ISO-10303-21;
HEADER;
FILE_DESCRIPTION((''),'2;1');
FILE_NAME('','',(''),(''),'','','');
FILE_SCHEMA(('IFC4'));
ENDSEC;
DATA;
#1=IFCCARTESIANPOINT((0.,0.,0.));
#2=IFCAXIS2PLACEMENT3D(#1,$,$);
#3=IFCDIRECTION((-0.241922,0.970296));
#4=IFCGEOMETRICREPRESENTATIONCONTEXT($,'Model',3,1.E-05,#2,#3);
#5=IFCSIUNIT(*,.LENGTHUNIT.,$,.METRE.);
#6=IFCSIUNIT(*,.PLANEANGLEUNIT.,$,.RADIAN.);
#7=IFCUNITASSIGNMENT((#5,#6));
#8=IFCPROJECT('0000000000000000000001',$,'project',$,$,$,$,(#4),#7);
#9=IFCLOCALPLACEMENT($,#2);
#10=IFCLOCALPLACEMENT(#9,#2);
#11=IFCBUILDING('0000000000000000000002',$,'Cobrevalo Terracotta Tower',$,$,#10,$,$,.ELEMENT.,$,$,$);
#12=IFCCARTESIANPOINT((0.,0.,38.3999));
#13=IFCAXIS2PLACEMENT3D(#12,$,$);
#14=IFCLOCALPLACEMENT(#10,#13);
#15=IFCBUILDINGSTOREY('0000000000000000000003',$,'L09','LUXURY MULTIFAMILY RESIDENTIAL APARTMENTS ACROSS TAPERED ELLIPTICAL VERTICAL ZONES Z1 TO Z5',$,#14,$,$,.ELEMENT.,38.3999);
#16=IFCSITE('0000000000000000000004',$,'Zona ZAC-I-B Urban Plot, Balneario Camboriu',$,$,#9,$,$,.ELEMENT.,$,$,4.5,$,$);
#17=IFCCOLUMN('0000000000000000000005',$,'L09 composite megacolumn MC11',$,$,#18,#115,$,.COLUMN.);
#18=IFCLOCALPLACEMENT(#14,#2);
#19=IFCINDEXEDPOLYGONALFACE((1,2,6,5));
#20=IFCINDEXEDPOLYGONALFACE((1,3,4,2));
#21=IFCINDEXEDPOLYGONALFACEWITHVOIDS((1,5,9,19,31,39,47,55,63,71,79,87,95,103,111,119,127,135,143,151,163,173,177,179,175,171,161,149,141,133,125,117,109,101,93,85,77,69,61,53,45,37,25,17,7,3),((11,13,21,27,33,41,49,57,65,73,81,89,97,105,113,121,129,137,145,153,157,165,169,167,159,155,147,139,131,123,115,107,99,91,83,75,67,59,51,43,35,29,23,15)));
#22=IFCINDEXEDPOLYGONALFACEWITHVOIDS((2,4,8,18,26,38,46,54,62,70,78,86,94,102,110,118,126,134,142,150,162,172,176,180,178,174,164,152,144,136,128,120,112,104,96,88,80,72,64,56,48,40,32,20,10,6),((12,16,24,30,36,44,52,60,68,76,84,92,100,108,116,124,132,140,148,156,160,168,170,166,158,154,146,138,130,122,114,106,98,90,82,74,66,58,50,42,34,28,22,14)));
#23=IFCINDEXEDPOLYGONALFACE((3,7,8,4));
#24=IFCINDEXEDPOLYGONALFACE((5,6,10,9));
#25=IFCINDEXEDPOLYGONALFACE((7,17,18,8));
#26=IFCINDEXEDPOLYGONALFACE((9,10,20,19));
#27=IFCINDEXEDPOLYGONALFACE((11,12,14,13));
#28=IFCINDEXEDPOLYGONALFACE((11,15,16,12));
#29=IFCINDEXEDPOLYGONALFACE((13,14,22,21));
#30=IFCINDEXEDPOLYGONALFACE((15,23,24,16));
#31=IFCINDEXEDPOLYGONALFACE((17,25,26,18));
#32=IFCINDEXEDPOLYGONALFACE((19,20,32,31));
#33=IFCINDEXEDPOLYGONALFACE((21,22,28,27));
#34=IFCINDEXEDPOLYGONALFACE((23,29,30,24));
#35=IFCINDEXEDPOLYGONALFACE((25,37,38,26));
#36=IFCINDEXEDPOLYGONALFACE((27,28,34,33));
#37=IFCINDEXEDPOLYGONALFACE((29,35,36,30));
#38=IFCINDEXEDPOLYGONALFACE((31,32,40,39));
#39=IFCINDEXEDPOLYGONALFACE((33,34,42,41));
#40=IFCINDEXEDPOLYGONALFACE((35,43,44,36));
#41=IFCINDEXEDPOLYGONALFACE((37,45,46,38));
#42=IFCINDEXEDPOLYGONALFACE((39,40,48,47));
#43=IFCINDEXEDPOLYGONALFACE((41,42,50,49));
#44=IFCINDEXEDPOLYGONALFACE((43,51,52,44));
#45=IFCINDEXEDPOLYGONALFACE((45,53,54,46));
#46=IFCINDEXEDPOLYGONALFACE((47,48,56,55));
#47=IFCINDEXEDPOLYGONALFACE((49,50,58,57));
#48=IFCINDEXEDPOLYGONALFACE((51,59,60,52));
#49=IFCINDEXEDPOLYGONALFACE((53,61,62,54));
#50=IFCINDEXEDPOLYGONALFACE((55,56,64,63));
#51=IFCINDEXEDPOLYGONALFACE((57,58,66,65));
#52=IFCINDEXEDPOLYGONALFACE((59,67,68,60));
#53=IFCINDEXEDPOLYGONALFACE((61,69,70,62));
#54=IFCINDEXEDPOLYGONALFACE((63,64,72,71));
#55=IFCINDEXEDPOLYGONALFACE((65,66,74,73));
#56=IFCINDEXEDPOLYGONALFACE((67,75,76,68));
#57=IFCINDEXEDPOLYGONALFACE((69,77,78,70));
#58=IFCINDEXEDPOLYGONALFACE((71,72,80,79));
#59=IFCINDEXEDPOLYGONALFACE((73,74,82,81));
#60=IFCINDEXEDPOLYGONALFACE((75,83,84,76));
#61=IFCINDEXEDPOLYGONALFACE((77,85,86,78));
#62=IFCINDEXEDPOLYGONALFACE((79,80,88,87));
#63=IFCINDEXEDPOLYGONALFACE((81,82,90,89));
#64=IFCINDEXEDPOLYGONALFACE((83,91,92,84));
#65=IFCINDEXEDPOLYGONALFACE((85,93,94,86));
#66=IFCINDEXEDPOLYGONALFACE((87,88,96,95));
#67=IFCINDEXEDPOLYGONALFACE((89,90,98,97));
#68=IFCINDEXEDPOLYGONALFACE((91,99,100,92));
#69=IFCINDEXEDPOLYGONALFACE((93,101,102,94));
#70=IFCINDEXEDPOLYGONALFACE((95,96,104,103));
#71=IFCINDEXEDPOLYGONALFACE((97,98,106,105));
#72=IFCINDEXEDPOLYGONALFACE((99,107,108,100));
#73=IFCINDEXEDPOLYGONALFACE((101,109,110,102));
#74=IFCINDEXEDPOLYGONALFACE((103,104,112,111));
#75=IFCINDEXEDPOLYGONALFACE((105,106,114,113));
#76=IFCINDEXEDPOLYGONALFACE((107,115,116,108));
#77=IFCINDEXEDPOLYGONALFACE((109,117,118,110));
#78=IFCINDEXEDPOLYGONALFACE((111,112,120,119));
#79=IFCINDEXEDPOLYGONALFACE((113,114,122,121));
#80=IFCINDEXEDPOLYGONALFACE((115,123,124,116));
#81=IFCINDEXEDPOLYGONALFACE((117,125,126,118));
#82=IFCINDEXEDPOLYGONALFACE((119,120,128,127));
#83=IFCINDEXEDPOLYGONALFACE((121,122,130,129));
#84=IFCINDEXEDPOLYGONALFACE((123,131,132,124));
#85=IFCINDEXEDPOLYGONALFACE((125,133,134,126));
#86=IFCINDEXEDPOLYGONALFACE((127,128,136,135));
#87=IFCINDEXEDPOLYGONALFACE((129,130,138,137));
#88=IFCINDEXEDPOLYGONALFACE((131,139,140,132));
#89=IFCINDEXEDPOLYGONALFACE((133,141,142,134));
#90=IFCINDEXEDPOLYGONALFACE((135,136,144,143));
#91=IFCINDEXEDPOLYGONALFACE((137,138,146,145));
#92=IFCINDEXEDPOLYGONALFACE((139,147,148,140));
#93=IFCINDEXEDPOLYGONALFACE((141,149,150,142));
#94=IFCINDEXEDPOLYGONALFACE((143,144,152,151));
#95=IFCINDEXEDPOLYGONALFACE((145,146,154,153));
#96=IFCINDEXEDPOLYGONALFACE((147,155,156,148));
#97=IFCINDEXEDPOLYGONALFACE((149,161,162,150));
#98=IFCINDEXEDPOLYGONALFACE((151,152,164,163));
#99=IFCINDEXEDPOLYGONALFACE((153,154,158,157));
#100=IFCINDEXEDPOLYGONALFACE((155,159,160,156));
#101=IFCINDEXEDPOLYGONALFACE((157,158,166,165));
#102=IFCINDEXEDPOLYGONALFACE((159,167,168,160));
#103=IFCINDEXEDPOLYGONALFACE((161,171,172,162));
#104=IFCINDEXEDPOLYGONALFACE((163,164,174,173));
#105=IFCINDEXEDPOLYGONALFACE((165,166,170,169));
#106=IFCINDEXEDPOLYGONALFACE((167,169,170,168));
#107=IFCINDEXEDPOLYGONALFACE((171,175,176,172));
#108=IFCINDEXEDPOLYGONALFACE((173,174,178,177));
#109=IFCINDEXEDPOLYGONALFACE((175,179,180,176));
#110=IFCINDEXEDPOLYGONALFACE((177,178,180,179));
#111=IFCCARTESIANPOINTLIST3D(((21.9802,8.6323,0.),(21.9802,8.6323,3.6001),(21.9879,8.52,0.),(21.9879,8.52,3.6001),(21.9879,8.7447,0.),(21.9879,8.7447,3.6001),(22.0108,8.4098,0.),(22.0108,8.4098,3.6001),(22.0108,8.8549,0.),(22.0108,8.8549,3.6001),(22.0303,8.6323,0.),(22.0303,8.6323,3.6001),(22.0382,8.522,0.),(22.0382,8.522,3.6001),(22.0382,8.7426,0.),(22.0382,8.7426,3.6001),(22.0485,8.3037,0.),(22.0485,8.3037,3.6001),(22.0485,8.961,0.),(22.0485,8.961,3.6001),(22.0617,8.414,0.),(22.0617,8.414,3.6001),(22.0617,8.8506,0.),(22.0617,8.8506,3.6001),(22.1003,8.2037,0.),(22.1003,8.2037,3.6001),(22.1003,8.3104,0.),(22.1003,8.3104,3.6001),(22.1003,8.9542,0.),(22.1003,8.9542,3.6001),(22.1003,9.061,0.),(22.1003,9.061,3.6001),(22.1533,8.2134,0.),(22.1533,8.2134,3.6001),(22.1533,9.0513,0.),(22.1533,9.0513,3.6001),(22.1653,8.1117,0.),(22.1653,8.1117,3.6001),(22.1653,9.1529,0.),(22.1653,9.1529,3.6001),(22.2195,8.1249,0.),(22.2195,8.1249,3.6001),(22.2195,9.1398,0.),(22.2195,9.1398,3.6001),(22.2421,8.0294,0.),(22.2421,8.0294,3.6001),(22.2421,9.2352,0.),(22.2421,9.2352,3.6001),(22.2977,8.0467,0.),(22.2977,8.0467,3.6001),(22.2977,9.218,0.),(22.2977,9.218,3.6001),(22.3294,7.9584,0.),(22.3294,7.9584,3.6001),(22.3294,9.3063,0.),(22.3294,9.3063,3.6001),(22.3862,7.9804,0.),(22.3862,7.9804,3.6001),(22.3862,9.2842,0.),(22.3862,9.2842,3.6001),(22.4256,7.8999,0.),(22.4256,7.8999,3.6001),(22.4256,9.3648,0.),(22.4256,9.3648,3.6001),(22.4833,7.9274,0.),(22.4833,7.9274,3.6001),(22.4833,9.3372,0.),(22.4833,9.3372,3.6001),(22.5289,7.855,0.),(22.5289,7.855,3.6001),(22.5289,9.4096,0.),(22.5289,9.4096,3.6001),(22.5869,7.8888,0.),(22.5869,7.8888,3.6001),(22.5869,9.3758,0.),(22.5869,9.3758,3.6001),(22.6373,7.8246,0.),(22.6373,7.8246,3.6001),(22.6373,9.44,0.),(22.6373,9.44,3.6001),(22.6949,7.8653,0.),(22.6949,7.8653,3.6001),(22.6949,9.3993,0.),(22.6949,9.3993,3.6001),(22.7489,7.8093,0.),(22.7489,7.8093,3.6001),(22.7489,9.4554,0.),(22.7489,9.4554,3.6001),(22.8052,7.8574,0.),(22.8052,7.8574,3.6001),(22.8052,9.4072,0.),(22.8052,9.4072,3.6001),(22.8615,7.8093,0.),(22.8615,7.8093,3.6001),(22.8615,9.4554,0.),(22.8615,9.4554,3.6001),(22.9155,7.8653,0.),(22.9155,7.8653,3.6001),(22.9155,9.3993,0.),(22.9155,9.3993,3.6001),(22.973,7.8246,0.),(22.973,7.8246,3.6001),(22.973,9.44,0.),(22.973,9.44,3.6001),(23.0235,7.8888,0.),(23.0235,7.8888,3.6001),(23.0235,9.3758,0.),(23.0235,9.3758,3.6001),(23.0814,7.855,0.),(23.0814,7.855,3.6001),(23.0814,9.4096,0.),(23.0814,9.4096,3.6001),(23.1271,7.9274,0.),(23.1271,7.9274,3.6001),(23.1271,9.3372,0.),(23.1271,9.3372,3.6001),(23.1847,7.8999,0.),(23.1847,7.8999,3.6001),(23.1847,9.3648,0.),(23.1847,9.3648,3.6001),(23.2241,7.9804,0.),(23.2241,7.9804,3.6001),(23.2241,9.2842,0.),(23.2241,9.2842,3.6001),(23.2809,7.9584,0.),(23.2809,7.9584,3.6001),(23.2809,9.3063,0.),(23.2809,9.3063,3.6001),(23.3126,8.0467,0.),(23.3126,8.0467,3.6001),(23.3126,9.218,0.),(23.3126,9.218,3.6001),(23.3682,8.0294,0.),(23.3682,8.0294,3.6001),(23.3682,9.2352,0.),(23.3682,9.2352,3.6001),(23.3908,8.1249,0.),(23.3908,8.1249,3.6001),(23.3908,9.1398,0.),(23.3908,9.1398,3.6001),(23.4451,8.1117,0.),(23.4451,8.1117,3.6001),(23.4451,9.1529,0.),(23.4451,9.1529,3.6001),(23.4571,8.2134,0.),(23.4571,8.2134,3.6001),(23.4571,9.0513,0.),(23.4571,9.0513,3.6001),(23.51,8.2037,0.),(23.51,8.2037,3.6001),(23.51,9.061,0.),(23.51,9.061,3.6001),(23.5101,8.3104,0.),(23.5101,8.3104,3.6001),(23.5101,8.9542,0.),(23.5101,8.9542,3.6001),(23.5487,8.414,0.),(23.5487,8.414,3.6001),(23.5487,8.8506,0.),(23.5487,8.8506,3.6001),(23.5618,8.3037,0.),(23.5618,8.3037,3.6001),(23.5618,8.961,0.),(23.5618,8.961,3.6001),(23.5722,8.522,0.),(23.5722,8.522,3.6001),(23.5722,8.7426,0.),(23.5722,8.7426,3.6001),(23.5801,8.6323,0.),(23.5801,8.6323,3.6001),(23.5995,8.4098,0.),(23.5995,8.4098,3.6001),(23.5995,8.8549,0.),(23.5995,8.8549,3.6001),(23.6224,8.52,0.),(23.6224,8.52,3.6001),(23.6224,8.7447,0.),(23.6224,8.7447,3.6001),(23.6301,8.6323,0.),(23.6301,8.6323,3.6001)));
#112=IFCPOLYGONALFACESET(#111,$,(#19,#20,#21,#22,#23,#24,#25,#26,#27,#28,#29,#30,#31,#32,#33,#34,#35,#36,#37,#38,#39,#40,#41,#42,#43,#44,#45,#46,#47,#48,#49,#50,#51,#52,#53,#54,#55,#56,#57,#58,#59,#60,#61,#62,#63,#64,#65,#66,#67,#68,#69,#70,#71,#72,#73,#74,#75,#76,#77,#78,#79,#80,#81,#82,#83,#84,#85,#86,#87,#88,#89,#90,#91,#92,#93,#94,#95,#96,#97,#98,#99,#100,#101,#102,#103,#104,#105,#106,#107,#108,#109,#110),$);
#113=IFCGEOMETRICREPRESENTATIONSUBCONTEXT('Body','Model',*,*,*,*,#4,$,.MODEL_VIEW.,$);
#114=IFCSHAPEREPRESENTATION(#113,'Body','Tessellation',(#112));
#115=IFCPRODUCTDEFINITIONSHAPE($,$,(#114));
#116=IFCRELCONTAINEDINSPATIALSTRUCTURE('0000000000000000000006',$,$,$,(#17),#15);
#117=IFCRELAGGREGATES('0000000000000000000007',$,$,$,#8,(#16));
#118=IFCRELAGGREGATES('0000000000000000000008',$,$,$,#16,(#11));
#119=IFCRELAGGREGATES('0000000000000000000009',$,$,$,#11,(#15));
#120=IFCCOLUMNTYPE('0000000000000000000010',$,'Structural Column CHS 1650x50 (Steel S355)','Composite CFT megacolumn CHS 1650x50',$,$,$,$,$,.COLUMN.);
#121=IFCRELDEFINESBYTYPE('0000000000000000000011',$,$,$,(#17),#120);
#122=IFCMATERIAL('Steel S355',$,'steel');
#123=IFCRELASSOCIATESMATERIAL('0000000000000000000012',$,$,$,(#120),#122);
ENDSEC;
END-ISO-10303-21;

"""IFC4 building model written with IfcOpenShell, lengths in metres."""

from ifc_helpers import new_model, si_unit, direction, frame, origin, origin_2d, place, context, subcontext, project, spatial, hollow_circle, extrude, material, material_profile, profile_set, type_object, element, save


model = new_model("IFC4")

# Units and contexts
model_context = context("Model", 3, precision=1e-05, world=origin(), true_north=direction((-0.241922, 0.970296)))
body_context = subcontext(model_context, "Body", "Model", "MODEL_VIEW")
ifc_project = project(units=[si_unit("LENGTHUNIT", "METRE"), si_unit("PLANEANGLEUNIT", "RADIAN")], contexts=[model_context])

# Site, building, storey
site_placement = place(None, origin())
site = spatial("IfcSite", under=ifc_project, at=site_placement, Name="Zona ZAC-I-B Urban Plot, Balneario Camboriu", CompositionType="ELEMENT", RefElevation=4.5)
building_placement = place(site_placement, origin())
building = spatial("IfcBuilding", under=site, at=building_placement, Name="Cobrevalo Terracotta Tower", CompositionType="ELEMENT")
storey_placement = place(building_placement, frame((0.0, 0.0, 38.3999)))
storey = spatial("IfcBuildingStorey", under=building, at=storey_placement, Name="L09", Description="LUXURY MULTIFAMILY RESIDENTIAL APARTMENTS ACROSS TAPERED ELLIPTICAL VERTICAL ZONES Z1 TO Z5", CompositionType="ELEMENT", Elevation=38.3999)

# Column
ifc_material_1 = material(Name="Steel S355", Category="steel")
ifc_material_profile_1 = material_profile(ifc_material_1, hollow_circle(Radius=0.825, WallThickness=0.05, at=origin_2d()), Name="CHS 1650x50")
ifc_profile_set_1 = profile_set([ifc_material_profile_1], Name="Steel S355")
column_type = type_object("IfcColumnType", Name="Structural Column CHS 1650x50 (Steel S355)", Description="Composite CFT megacolumn CHS 1650x50", PredefinedType="COLUMN", material=ifc_profile_set_1)
for number, where, z_axis, x_axis, name in (
    (1, (22.8052, 8.6323, 0.0), (0.0, 0.0, 1.0), (1.0, 0.0, 0.0), "L09 composite megacolumn MC11"),
):
    element("IfcColumn", number, at=place(storey_placement, frame(where, z_axis=z_axis, x_axis=x_axis)), inside=storey, type_object=column_type, Name=name, PredefinedType="COLUMN", context=body_context, shape_type="SweptSolid", body=[
        extrude(hollow_circle(Radius=0.825, WallThickness=0.05, at=origin_2d()), origin(), (0.0, 0.0, 1.0), 3.6001),
    ])

save(model, "model.ifc")
